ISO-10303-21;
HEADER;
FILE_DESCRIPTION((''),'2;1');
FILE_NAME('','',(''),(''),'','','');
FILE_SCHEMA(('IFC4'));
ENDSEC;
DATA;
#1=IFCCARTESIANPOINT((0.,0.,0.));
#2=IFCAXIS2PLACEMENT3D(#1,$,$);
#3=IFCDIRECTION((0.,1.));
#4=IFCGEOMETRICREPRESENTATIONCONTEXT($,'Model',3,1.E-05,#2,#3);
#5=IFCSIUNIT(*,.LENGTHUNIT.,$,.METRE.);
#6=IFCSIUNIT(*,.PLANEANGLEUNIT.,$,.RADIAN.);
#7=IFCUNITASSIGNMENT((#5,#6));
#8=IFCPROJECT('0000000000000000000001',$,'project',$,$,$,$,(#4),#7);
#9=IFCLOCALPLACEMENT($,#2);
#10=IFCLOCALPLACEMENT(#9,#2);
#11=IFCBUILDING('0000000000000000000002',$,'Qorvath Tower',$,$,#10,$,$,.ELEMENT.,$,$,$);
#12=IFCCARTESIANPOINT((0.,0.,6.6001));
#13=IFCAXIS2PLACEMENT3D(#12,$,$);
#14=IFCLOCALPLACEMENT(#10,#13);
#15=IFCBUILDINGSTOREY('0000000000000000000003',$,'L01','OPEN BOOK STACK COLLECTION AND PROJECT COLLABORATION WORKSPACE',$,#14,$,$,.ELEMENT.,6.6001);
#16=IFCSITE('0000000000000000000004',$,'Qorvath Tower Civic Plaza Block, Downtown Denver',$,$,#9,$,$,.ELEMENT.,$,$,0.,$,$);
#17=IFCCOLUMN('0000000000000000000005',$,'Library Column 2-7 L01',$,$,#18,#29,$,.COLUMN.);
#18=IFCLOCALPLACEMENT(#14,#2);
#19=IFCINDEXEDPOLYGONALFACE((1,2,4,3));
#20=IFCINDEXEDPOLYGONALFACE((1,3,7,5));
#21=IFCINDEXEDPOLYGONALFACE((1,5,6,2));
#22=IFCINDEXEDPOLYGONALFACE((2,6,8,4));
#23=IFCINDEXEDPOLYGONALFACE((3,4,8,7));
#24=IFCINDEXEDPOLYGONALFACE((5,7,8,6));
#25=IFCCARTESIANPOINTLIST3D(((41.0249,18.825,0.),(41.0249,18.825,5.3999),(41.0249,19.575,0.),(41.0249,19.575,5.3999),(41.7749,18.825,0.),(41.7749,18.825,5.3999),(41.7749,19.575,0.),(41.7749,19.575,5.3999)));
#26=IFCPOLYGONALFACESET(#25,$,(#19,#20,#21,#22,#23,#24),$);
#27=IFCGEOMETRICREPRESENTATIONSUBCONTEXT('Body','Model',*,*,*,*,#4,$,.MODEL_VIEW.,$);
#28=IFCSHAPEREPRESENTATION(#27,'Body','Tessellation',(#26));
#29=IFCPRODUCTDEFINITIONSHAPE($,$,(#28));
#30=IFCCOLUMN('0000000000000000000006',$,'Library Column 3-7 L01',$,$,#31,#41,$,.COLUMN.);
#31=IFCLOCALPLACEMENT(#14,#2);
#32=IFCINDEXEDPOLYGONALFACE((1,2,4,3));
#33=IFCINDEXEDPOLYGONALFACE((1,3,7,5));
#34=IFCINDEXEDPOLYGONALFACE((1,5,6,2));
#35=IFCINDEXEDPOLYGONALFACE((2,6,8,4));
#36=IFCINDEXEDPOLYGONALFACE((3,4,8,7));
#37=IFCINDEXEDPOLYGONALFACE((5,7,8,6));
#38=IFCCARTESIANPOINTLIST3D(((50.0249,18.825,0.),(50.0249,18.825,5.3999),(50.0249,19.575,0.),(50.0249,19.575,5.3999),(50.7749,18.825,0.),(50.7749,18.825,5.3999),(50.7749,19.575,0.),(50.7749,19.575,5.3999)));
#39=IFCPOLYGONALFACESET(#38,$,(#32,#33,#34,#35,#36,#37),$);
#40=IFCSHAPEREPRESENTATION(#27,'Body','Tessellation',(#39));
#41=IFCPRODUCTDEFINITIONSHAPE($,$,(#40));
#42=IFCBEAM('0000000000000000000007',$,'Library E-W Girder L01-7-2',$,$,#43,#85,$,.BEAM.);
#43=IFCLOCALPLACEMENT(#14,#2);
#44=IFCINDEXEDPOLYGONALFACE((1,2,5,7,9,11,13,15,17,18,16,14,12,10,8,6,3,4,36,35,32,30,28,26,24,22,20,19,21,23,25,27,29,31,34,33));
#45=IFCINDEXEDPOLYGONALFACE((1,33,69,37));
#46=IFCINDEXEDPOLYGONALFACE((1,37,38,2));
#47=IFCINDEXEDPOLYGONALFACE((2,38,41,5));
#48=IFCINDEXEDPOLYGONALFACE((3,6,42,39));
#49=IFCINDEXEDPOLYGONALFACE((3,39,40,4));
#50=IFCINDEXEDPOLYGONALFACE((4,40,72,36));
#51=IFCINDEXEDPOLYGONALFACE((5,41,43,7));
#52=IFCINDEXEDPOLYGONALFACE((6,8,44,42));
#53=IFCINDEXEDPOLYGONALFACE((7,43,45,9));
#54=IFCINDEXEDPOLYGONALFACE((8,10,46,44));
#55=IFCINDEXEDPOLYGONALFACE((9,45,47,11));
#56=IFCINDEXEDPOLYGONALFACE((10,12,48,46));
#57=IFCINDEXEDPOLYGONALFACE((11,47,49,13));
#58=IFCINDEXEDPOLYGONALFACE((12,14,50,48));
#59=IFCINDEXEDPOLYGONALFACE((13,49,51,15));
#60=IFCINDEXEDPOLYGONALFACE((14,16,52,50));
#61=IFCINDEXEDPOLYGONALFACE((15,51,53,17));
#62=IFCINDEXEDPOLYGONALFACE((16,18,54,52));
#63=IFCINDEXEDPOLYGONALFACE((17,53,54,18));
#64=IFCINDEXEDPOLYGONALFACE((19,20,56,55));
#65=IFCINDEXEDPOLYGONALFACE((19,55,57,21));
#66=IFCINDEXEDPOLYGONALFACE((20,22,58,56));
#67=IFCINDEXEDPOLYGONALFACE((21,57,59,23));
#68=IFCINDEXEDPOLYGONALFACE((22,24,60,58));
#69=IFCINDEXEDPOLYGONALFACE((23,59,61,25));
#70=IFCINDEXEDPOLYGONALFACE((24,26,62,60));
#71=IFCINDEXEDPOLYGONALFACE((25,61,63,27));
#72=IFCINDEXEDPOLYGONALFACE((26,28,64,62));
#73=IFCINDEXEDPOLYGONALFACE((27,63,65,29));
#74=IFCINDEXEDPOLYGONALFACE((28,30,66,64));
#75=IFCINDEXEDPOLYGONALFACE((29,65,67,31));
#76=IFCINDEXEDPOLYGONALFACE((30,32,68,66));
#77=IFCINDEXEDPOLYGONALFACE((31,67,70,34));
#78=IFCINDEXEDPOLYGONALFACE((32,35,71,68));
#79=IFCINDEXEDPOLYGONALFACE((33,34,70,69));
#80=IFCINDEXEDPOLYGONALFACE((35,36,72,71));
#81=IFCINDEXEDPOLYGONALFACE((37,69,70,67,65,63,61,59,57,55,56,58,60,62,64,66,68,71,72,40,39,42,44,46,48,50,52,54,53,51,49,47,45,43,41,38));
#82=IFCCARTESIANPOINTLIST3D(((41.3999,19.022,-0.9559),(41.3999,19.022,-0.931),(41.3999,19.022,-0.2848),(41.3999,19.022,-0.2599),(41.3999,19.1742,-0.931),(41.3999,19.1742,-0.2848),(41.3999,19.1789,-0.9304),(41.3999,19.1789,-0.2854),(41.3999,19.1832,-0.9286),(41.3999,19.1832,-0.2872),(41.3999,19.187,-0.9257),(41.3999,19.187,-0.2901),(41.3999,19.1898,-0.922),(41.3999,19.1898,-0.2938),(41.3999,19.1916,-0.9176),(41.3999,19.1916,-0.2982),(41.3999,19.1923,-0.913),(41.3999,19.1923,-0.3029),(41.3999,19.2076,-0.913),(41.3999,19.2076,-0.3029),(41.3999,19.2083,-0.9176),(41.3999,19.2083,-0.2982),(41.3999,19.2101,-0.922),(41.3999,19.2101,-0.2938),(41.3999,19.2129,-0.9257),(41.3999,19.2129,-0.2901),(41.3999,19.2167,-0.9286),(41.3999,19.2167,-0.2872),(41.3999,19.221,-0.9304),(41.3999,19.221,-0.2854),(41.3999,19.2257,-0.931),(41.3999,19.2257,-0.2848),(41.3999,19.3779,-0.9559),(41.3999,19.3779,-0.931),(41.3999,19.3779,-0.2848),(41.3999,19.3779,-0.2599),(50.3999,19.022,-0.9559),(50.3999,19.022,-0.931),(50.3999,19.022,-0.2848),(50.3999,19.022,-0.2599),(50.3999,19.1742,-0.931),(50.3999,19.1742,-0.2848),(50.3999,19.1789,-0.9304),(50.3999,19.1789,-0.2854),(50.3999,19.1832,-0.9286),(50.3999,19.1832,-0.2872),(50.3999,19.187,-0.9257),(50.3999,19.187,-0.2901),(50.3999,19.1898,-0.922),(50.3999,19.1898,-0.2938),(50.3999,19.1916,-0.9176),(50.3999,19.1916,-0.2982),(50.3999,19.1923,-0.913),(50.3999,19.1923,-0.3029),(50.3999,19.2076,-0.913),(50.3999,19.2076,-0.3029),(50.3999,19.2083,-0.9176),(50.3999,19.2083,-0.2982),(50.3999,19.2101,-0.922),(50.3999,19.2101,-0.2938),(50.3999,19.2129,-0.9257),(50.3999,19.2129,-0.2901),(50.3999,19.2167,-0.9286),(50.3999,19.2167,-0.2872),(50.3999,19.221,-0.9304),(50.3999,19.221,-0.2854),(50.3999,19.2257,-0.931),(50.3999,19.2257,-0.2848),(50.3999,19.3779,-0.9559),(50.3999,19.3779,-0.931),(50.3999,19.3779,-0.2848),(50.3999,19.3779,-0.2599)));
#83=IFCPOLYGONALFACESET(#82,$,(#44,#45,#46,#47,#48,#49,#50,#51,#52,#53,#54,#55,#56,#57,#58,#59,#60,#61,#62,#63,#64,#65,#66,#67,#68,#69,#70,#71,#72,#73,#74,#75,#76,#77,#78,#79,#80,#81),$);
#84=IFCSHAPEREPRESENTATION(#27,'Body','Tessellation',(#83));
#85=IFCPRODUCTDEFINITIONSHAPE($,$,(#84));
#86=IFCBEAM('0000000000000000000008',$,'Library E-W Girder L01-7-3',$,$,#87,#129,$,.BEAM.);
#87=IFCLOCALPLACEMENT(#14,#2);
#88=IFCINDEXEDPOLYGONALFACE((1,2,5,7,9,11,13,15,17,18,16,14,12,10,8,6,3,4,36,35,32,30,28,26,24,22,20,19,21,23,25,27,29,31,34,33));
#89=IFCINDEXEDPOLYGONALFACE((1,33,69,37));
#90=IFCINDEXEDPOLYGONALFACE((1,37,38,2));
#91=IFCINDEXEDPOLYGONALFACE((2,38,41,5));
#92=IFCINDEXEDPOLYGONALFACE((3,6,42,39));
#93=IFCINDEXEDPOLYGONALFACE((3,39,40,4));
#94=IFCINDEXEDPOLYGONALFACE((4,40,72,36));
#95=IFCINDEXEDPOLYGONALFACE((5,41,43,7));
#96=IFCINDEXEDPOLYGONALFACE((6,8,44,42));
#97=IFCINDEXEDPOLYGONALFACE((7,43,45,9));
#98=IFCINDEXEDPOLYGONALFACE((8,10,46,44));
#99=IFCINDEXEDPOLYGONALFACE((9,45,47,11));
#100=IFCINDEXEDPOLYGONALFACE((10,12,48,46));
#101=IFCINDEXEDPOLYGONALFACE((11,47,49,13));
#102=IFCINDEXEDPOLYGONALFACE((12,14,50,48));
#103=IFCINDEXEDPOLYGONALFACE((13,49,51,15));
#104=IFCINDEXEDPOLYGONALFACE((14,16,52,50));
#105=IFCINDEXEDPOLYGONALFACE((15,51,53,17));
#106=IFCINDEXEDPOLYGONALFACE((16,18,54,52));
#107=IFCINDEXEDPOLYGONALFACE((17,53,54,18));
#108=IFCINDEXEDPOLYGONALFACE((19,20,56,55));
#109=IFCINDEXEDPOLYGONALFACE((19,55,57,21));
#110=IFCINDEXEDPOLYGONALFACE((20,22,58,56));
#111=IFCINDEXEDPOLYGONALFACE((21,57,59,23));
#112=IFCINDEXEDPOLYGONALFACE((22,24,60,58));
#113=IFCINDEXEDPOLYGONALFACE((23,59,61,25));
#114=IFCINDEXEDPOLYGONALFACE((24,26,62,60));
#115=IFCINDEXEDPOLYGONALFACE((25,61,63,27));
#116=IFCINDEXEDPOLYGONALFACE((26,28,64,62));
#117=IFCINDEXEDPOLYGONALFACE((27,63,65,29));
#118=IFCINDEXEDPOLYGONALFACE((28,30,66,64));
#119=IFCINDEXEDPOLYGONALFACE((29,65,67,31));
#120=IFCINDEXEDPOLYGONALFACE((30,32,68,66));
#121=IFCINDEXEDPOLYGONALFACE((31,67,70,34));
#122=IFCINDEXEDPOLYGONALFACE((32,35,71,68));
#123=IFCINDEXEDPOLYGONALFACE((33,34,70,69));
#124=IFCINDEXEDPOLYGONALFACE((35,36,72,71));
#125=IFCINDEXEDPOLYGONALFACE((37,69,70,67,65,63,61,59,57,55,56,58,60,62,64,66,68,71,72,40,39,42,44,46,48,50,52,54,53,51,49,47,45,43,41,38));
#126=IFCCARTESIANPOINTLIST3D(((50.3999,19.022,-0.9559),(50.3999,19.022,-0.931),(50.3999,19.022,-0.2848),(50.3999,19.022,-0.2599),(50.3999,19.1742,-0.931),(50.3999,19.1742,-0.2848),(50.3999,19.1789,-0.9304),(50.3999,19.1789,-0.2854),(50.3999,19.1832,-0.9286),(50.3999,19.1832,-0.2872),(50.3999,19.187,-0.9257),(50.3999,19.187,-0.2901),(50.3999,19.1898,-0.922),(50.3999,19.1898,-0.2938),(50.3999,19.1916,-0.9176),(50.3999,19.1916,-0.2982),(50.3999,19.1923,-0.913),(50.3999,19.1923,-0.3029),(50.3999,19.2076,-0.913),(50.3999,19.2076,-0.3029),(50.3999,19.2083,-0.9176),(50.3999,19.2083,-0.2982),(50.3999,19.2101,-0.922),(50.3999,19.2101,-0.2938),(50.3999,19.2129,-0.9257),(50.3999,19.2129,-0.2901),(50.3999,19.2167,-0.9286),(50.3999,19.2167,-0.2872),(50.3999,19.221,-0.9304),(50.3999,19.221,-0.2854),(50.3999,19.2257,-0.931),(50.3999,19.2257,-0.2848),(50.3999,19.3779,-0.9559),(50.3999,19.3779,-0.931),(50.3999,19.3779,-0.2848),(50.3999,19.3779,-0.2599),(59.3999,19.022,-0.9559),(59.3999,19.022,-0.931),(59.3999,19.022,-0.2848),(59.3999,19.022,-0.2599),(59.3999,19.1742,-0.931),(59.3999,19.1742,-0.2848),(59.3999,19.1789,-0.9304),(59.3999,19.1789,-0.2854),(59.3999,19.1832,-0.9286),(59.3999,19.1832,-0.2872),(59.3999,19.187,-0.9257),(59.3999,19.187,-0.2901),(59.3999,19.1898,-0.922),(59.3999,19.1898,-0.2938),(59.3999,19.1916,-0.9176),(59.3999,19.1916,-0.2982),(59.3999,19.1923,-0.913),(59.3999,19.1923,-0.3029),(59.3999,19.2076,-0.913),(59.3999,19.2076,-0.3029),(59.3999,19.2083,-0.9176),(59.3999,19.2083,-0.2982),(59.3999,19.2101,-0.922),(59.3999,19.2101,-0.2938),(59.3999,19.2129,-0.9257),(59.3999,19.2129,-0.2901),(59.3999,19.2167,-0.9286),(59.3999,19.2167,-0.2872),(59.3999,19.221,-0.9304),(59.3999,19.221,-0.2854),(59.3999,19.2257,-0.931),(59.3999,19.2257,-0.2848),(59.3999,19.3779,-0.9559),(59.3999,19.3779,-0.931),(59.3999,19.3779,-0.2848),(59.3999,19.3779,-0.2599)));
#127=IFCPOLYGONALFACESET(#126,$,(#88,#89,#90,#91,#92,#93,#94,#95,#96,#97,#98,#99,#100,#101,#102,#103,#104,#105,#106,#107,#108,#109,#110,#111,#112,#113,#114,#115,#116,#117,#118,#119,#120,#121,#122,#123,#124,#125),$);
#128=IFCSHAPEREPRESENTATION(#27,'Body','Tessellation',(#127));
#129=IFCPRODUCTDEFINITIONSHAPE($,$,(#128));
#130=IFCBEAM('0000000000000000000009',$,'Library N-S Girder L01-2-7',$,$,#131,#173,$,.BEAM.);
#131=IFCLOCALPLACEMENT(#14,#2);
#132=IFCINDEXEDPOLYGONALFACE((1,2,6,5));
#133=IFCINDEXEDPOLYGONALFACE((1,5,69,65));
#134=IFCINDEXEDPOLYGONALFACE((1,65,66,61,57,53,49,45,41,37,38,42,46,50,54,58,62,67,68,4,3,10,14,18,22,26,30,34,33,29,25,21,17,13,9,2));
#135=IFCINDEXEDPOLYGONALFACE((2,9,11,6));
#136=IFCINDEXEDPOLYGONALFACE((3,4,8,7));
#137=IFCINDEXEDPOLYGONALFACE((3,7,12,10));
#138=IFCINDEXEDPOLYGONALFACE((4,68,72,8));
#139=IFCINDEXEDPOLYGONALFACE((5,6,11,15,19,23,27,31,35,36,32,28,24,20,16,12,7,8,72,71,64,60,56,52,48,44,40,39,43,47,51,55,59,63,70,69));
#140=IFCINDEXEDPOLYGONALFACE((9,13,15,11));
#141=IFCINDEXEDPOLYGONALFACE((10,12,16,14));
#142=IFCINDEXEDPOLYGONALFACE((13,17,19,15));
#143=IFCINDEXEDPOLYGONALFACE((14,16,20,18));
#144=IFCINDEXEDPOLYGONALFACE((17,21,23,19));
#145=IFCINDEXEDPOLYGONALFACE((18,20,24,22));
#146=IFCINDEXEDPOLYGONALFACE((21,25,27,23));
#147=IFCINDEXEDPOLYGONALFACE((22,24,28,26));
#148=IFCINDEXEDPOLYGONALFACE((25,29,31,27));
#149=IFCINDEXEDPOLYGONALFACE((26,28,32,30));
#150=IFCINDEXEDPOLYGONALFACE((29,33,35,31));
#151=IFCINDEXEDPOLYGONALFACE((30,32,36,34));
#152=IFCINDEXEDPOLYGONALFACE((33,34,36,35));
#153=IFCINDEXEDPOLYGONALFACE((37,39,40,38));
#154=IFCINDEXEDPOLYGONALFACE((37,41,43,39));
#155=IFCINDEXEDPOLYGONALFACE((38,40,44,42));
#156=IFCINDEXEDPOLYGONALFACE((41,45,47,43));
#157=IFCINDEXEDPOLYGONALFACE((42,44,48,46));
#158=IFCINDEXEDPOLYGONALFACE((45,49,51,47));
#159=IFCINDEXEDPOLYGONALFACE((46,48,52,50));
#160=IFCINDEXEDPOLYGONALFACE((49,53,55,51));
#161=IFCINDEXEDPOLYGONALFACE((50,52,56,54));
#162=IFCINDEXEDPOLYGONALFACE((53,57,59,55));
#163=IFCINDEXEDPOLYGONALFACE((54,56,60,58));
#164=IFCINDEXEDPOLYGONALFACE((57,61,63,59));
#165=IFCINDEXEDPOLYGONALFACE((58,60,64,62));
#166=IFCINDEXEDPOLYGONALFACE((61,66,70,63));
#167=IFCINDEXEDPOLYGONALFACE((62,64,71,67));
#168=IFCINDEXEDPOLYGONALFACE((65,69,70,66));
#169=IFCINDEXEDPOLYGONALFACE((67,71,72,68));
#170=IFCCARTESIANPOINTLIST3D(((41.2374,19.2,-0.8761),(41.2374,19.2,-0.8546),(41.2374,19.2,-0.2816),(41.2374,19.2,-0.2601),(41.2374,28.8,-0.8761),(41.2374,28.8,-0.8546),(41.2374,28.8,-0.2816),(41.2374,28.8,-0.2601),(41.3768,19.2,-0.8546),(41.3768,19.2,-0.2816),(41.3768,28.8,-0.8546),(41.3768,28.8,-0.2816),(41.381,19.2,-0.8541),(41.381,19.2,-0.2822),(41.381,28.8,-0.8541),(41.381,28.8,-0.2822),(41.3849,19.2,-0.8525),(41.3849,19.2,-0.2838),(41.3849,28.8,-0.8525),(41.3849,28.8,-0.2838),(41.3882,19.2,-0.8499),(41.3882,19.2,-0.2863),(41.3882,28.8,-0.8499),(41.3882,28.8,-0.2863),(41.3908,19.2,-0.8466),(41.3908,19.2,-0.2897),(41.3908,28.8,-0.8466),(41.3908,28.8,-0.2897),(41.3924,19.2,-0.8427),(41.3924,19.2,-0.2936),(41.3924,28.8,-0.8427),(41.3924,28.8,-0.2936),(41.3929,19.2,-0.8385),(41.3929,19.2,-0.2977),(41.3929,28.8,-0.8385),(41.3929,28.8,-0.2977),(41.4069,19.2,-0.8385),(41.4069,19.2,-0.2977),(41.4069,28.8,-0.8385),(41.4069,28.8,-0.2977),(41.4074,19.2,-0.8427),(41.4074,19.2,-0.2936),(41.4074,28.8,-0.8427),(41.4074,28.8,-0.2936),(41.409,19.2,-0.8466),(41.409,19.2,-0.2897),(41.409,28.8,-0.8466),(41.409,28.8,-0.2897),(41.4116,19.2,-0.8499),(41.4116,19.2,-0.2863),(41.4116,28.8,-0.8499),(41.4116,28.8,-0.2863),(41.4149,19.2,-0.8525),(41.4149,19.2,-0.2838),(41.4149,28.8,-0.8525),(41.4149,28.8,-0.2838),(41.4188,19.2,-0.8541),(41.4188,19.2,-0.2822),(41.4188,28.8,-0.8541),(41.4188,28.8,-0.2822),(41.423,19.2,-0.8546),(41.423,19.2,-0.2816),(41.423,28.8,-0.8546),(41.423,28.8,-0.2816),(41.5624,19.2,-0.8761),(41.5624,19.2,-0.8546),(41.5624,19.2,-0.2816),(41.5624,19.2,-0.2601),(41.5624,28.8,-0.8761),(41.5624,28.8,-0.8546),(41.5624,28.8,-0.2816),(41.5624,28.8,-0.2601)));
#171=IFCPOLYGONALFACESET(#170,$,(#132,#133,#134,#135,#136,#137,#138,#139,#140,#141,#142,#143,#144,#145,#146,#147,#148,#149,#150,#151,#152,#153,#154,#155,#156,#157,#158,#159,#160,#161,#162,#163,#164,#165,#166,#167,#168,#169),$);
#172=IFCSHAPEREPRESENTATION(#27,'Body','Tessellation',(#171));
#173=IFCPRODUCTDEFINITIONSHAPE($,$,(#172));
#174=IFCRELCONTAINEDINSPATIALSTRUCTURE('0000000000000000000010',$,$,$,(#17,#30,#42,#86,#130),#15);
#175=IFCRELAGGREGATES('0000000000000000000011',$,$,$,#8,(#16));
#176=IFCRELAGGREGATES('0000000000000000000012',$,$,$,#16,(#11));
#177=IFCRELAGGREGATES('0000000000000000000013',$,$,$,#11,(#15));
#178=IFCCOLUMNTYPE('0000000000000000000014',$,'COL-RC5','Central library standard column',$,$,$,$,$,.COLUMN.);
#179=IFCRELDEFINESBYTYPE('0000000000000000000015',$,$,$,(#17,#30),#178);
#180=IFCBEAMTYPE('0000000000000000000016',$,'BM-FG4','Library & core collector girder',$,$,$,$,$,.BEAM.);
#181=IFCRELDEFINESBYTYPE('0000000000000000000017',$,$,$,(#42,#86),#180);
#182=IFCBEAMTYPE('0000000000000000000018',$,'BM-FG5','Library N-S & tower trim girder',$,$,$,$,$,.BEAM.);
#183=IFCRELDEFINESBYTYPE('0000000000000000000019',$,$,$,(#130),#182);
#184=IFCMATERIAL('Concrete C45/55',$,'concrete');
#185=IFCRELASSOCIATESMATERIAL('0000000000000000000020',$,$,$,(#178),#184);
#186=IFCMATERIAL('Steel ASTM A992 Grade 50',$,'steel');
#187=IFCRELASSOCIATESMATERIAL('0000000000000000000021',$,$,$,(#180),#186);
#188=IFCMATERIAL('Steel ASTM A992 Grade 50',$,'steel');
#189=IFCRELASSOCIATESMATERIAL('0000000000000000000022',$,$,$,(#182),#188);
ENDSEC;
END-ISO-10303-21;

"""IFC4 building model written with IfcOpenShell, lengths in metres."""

from ifc_helpers import new_model, si_unit, direction, frame, origin, origin_2d, place, context, subcontext, project, spatial, rectangle, i_section, extrude, material, material_profile, profile_set, type_object, element, save


model = new_model("IFC4")

# Units and contexts
model_context = context("Model", 3, precision=1e-05, world=origin(), true_north=direction((0.0, 1.0)))
body_context = subcontext(model_context, "Body", "Model", "MODEL_VIEW")
ifc_project = project(units=[si_unit("LENGTHUNIT", "METRE"), si_unit("PLANEANGLEUNIT", "RADIAN")], contexts=[model_context])

# Site, building, storey
site_placement = place(None, origin())
site = spatial("IfcSite", under=ifc_project, at=site_placement, Name="Qorvath Tower Civic Plaza Block, Downtown Denver", CompositionType="ELEMENT", RefElevation=0.0)
building_placement = place(site_placement, origin())
building = spatial("IfcBuilding", under=site, at=building_placement, Name="Qorvath Tower", CompositionType="ELEMENT")
storey_placement = place(building_placement, frame((0.0, 0.0, 6.6001)))
storey = spatial("IfcBuildingStorey", under=building, at=storey_placement, Name="L01", Description="OPEN BOOK STACK COLLECTION AND PROJECT COLLABORATION WORKSPACE", CompositionType="ELEMENT", Elevation=6.6001)

# Columns
ifc_material_1 = material(Name="Concrete C45/55", Category="concrete")
ifc_material_profile_1 = material_profile(ifc_material_1, rectangle(XDim=0.75, YDim=0.75, at=origin_2d()), Name="RC 750x750")
ifc_profile_set_1 = profile_set([ifc_material_profile_1], Name="Concrete C45/55")
column_type = type_object("IfcColumnType", Name="COL-RC5", Description="Central library standard column", PredefinedType="COLUMN", material=ifc_profile_set_1)
for number, where, z_axis, x_axis, name in (
    (1, (41.3999, 19.2, 0.0), (0.0, 0.0, 1.0), (1.0, 0.0, 0.0), "Library Column 2-7 L01"),
    (2, (50.3999, 19.2, 0.0), (0.0, 0.0, 1.0), (1.0, 0.0, 0.0), "Library Column 3-7 L01"),
):
    element("IfcColumn", number, at=place(storey_placement, frame(where, z_axis=z_axis, x_axis=x_axis)), inside=storey, type_object=column_type, Name=name, PredefinedType="COLUMN", context=body_context, shape_type="SweptSolid", body=[
        extrude(rectangle(XDim=0.75, YDim=0.75, at=origin_2d()), origin(), (0.0, 0.0, 1.0), 5.3999),
    ])

# Beams
ifc_material_2 = material(Name="Steel ASTM A992 Grade 50", Category="steel")
ifc_material_profile_2 = material_profile(ifc_material_2, i_section(OverallWidth=0.356, OverallDepth=0.696, WebThickness=0.0154, FlangeThickness=0.0249, FilletRadius=0.0181, at=origin_2d()), Name="W27x146")
ifc_profile_set_2 = profile_set([ifc_material_profile_2], Name="Steel ASTM A992 Grade 50")
beam_type_1 = type_object("IfcBeamType", Name="BM-FG4", Description="Library & core collector girder", PredefinedType="BEAM", material=ifc_profile_set_2)
for number, where, z_axis, x_axis, name in (
    (3, (41.3999, 19.2, -0.6079), (1.0, 0.0, 0.0), (0.0, 1.0, 0.0), "Library E-W Girder L01-7-2"),
    (4, (50.3999, 19.2, -0.6079), (1.0, 0.0, 0.0), (0.0, 1.0, 0.0), "Library E-W Girder L01-7-3"),
):
    element("IfcBeam", number, at=place(storey_placement, frame(where, z_axis=z_axis, x_axis=x_axis)), inside=storey, type_object=beam_type_1, Name=name, PredefinedType="BEAM", context=body_context, shape_type="SweptSolid", body=[
        extrude(i_section(OverallWidth=0.356, OverallDepth=0.696, WebThickness=0.0154, FlangeThickness=0.0249, FilletRadius=0.0181, at=origin_2d()), origin(), (0.0, 0.0, 1.0), 9.0),
    ])
ifc_material_3 = material(Name="Steel ASTM A992 Grade 50", Category="steel")
ifc_material_profile_3 = material_profile(ifc_material_3, i_section(OverallWidth=0.325, OverallDepth=0.616, WebThickness=0.0139, FlangeThickness=0.0215, FilletRadius=0.0161, at=origin_2d()), Name="W24x117")
ifc_profile_set_3 = profile_set([ifc_material_profile_3], Name="Steel ASTM A992 Grade 50")
beam_type_2 = type_object("IfcBeamType", Name="BM-FG5", Description="Library N-S & tower trim girder", PredefinedType="BEAM", material=ifc_profile_set_3)
for number, where, z_axis, x_axis, name in (
    (5, (41.3999, 19.2, -0.5681), (0.0, 1.0, 0.0), (-1.0, 0.0, 0.0), "Library N-S Girder L01-2-7"),
):
    element("IfcBeam", number, at=place(storey_placement, frame(where, z_axis=z_axis, x_axis=x_axis)), inside=storey, type_object=beam_type_2, Name=name, PredefinedType="BEAM", context=body_context, shape_type="SweptSolid", body=[
        extrude(i_section(OverallWidth=0.325, OverallDepth=0.616, WebThickness=0.0139, FlangeThickness=0.0215, FilletRadius=0.0161, at=origin_2d()), origin(), (0.0, 0.0, 1.0), 9.6001),
    ])

save(model, "model.ifc")
